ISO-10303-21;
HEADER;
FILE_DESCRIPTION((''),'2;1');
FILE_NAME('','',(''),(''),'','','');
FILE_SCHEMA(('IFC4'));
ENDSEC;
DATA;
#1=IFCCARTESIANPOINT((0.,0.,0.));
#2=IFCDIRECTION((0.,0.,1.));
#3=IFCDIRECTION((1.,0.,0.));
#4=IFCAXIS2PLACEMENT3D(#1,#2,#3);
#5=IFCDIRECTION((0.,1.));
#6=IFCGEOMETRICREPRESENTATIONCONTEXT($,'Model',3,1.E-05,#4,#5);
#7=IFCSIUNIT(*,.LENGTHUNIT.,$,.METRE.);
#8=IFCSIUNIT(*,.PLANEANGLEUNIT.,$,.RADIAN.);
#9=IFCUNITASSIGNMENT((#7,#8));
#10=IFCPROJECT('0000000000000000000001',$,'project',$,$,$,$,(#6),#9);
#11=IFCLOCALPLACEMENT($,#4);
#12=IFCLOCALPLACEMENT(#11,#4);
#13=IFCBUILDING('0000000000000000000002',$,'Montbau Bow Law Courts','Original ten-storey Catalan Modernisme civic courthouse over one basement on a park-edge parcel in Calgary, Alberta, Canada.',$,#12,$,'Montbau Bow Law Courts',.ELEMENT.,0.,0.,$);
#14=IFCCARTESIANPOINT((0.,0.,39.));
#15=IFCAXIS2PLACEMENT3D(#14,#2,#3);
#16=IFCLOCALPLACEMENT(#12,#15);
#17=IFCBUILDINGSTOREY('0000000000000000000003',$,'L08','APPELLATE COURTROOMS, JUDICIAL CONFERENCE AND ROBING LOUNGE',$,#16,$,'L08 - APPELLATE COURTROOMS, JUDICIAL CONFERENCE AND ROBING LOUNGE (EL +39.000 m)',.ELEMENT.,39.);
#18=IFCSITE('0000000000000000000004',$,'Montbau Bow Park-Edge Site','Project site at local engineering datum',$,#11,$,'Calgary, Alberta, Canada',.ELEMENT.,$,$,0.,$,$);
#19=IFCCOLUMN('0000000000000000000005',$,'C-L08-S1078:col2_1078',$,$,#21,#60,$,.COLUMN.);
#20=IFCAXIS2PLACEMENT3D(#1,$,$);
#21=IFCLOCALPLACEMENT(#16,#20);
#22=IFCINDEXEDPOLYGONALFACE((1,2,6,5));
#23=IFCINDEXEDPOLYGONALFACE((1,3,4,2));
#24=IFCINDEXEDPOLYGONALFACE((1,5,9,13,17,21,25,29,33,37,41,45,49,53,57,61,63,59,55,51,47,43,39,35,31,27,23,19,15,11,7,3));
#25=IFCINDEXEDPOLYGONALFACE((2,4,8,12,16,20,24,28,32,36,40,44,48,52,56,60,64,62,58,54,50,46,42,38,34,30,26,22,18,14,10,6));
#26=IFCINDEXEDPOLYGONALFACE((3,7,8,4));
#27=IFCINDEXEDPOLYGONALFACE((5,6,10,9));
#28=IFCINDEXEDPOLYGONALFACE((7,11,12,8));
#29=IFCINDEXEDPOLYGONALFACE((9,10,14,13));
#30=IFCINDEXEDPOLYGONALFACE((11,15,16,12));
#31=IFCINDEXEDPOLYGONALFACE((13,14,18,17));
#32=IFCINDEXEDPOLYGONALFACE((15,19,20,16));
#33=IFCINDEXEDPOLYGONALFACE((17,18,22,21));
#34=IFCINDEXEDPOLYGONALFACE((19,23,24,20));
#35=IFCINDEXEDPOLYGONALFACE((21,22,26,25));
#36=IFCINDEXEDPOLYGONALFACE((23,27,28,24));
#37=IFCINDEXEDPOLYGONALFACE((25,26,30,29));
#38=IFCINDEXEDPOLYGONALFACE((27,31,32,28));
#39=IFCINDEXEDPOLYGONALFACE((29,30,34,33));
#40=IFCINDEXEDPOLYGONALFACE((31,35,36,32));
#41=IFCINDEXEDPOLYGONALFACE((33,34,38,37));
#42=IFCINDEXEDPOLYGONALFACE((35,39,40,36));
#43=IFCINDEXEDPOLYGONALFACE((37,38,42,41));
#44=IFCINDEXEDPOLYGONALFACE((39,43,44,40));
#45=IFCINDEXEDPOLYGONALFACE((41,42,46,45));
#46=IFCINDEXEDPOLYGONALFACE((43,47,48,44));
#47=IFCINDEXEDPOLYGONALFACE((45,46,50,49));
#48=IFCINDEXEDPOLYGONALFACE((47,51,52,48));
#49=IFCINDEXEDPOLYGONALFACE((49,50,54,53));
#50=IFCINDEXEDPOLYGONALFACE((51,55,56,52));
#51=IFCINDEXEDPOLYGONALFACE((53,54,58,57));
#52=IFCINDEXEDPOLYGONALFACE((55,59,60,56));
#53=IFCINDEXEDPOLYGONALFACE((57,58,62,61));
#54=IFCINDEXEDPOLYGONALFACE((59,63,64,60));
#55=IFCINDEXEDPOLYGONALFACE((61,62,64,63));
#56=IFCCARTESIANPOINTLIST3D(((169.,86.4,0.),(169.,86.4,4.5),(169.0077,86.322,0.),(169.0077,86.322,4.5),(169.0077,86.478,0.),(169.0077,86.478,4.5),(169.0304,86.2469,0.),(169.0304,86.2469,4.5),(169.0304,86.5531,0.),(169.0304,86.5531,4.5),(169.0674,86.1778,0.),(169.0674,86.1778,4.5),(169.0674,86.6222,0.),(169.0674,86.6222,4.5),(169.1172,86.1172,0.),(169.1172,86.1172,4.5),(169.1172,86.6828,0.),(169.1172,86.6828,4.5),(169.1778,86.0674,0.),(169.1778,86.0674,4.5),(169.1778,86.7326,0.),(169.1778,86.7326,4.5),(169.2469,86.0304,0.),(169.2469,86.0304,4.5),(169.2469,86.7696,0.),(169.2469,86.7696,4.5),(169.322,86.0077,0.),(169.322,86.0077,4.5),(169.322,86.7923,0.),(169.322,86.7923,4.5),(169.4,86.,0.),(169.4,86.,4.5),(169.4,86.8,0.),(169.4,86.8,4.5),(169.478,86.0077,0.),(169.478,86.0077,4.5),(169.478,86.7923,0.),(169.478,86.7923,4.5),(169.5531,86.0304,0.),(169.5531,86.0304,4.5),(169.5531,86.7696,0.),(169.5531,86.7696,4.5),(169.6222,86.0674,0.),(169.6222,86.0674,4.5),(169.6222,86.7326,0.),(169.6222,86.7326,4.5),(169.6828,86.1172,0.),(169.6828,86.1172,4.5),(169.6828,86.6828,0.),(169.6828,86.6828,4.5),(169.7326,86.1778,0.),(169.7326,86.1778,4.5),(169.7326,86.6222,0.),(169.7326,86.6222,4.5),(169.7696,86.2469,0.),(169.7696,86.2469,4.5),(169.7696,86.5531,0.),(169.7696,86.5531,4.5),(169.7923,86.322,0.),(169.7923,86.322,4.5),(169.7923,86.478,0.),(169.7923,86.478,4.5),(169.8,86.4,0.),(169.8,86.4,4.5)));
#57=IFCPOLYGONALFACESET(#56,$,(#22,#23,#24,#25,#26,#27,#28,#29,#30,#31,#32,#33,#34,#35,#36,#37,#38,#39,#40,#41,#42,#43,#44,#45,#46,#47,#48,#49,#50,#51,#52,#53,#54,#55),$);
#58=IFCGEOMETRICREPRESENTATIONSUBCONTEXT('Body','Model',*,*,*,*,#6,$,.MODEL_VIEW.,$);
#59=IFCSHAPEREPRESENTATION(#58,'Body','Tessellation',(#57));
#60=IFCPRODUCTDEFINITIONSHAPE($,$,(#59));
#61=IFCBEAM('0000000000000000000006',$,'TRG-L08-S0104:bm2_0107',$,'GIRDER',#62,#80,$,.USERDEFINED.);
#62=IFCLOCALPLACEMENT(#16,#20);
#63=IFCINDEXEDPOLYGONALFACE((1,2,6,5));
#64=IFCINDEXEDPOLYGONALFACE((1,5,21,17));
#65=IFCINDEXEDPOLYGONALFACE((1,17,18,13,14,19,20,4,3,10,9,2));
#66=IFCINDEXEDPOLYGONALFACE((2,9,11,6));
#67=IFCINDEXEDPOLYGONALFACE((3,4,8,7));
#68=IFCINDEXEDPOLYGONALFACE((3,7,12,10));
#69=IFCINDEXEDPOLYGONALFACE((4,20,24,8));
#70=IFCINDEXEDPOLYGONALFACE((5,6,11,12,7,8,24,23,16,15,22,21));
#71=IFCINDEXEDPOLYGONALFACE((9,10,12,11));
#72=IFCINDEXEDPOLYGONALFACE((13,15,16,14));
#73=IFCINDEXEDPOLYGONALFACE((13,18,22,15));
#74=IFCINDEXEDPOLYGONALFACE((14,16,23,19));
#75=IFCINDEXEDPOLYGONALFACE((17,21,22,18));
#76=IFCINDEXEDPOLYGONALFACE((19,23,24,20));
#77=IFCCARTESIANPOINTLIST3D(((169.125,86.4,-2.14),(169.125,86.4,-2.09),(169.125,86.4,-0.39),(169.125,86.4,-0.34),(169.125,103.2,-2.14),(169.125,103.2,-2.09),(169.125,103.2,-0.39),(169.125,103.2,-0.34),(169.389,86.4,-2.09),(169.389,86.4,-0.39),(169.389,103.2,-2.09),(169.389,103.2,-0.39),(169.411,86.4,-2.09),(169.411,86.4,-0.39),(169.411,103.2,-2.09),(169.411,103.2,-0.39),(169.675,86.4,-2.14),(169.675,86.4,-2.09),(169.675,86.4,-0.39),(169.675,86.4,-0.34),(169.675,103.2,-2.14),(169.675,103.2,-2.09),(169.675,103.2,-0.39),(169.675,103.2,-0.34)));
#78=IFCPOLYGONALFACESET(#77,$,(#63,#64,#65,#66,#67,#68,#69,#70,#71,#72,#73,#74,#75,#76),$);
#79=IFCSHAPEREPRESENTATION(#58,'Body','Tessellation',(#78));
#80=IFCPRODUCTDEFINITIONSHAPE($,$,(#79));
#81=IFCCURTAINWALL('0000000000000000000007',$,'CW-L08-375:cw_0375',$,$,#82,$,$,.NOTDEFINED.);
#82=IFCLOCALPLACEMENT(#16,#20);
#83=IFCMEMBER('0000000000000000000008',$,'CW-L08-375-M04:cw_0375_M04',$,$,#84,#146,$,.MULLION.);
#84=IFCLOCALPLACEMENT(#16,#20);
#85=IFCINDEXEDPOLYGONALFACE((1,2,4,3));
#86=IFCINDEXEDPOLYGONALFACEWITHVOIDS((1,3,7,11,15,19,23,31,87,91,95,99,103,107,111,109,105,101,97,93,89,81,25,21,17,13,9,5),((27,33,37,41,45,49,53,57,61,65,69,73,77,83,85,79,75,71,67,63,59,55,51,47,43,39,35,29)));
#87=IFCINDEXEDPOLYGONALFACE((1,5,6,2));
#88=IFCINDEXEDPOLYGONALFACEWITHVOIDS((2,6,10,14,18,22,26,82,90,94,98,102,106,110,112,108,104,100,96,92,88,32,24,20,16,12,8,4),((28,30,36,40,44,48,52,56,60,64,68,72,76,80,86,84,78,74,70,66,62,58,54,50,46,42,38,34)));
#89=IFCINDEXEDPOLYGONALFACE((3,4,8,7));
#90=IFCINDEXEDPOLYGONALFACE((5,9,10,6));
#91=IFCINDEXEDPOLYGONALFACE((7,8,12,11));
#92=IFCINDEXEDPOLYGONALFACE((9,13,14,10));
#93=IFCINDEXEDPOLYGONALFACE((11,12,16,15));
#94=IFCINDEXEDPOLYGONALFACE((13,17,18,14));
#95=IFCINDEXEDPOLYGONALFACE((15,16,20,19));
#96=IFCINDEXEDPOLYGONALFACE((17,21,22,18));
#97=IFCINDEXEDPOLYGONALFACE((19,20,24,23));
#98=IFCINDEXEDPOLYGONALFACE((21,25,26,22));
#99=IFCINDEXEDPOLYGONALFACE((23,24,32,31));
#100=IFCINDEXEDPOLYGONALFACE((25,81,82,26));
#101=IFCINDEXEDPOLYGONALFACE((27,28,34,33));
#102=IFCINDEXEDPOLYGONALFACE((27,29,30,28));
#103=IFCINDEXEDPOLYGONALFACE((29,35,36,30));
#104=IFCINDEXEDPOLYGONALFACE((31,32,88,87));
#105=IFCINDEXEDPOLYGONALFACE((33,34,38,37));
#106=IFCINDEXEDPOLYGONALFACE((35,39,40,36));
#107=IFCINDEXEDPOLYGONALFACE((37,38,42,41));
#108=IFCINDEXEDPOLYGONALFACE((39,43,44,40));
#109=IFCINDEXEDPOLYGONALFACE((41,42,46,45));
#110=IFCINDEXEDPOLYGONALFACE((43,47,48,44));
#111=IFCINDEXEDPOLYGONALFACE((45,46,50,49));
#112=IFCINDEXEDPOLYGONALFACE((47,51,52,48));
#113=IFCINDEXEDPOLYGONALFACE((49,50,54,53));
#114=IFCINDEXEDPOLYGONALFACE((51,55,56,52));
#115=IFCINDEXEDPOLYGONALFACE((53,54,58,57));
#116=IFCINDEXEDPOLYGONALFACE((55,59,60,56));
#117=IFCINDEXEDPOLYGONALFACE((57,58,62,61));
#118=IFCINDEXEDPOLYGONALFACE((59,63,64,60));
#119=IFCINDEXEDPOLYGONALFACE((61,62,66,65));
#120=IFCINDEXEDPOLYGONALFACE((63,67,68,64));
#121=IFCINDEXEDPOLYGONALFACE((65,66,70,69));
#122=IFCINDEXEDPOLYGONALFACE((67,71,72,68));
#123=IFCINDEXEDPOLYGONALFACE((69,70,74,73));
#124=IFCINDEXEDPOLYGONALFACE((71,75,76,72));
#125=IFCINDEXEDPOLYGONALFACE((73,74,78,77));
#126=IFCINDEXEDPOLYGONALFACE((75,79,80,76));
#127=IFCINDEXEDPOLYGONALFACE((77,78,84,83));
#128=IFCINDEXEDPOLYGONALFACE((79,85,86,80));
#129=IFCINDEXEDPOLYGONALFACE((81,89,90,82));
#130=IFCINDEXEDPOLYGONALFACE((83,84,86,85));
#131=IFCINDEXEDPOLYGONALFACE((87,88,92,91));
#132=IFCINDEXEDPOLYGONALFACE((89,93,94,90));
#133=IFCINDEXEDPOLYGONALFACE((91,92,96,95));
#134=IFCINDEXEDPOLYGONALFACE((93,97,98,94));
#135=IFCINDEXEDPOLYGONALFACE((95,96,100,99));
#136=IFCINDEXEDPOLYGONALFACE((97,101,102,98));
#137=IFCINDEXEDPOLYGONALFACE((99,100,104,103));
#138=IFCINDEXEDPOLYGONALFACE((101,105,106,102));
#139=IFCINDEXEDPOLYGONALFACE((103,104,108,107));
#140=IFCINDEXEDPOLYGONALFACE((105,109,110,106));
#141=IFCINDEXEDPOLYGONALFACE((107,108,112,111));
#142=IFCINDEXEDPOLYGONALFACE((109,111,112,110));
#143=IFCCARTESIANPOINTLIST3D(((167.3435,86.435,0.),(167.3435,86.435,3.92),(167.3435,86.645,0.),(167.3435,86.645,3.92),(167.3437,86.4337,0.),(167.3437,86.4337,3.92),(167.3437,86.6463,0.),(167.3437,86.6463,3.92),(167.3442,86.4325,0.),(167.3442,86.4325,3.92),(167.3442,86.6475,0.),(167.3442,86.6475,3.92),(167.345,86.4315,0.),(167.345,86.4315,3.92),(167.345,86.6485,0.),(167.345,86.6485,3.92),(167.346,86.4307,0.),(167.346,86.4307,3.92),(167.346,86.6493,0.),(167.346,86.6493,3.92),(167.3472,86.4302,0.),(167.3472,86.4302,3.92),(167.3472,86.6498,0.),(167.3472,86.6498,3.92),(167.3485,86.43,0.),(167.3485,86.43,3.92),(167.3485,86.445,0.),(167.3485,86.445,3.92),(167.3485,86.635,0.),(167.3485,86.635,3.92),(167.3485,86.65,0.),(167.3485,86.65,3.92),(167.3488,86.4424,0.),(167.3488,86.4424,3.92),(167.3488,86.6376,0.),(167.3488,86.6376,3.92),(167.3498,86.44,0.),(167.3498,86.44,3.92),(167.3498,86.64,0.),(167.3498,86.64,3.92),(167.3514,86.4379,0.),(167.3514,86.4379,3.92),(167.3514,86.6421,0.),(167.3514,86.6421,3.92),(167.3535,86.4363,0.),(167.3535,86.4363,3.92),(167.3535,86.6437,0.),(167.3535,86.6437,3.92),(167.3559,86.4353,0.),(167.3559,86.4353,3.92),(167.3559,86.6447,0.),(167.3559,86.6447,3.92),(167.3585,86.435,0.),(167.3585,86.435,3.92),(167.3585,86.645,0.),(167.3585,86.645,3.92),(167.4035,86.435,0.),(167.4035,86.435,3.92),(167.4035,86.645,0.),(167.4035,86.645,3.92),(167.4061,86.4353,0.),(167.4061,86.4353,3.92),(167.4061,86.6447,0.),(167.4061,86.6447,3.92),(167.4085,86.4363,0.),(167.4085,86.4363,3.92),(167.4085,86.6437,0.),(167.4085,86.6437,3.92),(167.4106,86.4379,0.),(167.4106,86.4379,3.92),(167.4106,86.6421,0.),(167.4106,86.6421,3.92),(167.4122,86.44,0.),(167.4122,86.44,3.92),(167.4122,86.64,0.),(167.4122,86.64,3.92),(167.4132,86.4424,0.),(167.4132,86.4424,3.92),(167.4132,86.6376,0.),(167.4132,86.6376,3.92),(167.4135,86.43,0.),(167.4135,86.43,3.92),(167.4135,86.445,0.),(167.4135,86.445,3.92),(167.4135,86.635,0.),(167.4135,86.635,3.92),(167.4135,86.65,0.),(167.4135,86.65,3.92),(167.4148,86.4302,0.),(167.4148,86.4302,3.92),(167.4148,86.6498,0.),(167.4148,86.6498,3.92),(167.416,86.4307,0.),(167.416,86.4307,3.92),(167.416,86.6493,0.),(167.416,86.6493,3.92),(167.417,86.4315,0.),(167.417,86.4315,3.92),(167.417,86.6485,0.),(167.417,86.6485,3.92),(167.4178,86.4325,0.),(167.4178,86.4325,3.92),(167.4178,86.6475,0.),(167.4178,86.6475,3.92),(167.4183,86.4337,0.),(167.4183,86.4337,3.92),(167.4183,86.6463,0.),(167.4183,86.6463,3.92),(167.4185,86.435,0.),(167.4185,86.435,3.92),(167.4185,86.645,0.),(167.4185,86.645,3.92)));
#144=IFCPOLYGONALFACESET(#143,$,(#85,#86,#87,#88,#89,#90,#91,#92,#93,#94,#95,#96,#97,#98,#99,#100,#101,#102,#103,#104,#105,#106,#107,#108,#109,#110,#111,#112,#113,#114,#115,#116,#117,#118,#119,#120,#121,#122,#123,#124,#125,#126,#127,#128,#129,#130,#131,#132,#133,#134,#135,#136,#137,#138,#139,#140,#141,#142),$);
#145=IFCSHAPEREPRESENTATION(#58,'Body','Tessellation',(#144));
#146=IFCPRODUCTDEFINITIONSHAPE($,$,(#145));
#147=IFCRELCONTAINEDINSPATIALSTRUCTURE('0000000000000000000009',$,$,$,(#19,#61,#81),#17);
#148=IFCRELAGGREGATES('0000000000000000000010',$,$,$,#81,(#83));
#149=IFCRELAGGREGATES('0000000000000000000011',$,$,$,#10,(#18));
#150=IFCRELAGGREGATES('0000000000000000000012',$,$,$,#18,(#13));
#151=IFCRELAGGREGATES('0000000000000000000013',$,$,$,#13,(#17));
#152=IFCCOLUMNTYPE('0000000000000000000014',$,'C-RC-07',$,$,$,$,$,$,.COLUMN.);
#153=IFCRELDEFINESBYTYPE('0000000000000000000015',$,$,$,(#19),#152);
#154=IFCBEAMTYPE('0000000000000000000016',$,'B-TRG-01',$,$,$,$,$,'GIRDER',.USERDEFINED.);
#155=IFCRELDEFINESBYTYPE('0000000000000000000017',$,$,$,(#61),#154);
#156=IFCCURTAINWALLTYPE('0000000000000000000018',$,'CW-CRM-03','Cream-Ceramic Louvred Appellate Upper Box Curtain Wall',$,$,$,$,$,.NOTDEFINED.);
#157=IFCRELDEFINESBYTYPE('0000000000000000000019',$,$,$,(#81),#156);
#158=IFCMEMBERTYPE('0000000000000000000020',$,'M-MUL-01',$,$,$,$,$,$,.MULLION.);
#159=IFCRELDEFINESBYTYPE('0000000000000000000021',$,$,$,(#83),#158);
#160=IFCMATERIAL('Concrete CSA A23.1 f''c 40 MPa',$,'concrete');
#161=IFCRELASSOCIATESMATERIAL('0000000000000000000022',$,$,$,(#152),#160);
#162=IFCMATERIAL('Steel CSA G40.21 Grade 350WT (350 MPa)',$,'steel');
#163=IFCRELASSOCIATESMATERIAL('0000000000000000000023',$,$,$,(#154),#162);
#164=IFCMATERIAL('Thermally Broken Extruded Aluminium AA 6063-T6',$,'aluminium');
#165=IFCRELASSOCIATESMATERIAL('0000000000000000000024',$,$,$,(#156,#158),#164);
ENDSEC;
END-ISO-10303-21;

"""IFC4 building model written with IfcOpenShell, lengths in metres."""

from ifc_helpers import new_model, si_unit, direction, frame, origin_with_axes, origin_2d_with_axis, place, context, subcontext, project, spatial, hollow_rectangle, circle, i_section, extrude, material, material_profile, profile_set, type_object, element, aggregate, save


model = new_model("IFC4")

# Units and contexts
model_context = context("Model", 3, precision=1e-05, world=origin_with_axes(), true_north=direction((0.0, 1.0)))
body_context = subcontext(model_context, "Body", "Model", "MODEL_VIEW")
ifc_project = project(units=[si_unit("LENGTHUNIT", "METRE"), si_unit("PLANEANGLEUNIT", "RADIAN")], contexts=[model_context])

# Site, building, storey
site_placement = place(None, origin_with_axes())
site = spatial("IfcSite", under=ifc_project, at=site_placement, Name="Montbau Bow Park-Edge Site", Description="Project site at local engineering datum", LongName="Calgary, Alberta, Canada", CompositionType="ELEMENT", RefElevation=0.0)
building_placement = place(site_placement, origin_with_axes())
building = spatial("IfcBuilding", under=site, at=building_placement, Name="Montbau Bow Law Courts", Description="Original ten-storey Catalan Modernisme civic courthouse over one basement on a park-edge parcel in Calgary, Alberta, Canada.", LongName="Montbau Bow Law Courts", CompositionType="ELEMENT", ElevationOfRefHeight=0.0, ElevationOfTerrain=0.0)
storey_placement = place(building_placement, frame((0.0, 0.0, 39.0), z_axis=(0.0, 0.0, 1.0), x_axis=(1.0, 0.0, 0.0)))
storey = spatial("IfcBuildingStorey", under=building, at=storey_placement, Name="L08", Description="APPELLATE COURTROOMS, JUDICIAL CONFERENCE AND ROBING LOUNGE", LongName="L08 - APPELLATE COURTROOMS, JUDICIAL CONFERENCE AND ROBING LOUNGE (EL +39.000 m)", CompositionType="ELEMENT", Elevation=39.0)

# Column
ifc_material_1 = material(Name="Concrete CSA A23.1 f'c 40 MPa", Category="concrete")
ifc_material_profile_1 = material_profile(ifc_material_1, circle(Radius=0.4, at=origin_2d_with_axis()), Name="RC800D", Category="Main", Priority=0)
ifc_profile_set_1 = profile_set([ifc_material_profile_1], Name="Concrete CSA A23.1 f'c 40 MPa")
column_type = type_object("IfcColumnType", Name="C-RC-07", PredefinedType="COLUMN", material=ifc_profile_set_1)
column_placement = place(None, frame((169.4, 86.4, 39.0), z_axis=(0.0, 0.0, 1.0), x_axis=(1.0, 0.0, 0.0)))
element("IfcColumn", 1, at=column_placement, inside=storey, type_object=column_type, Name="C-L08-S1078:col2_1078", PredefinedType="COLUMN", context=body_context, shape_type="SweptSolid", body=[
    extrude(circle(Radius=0.4, at=origin_2d_with_axis()), origin_with_axes(), (0.0, 0.0, 1.0), 4.5),
])

# Beam
ifc_material_2 = material(Name="Steel CSA G40.21 Grade 350WT (350 MPa)", Category="steel")
ifc_material_profile_2 = material_profile(ifc_material_2, i_section(OverallWidth=0.55, OverallDepth=1.8, WebThickness=0.022, FlangeThickness=0.05, at=origin_2d_with_axis()), Name="WWF1800X550", Category="Main", Priority=0)
ifc_profile_set_2 = profile_set([ifc_material_profile_2], Name="Steel CSA G40.21 Grade 350WT (350 MPa)")
beam_type = type_object("IfcBeamType", Name="B-TRG-01", ElementType="GIRDER", PredefinedType="USERDEFINED", material=ifc_profile_set_2)
beam_placement = place(None, frame((169.4, 86.4, 37.76), z_axis=(0.0, 1.0, 0.0), x_axis=(-1.0, 0.0, 0.0)))
element("IfcBeam", 2, at=beam_placement, inside=storey, type_object=beam_type, Name="TRG-L08-S0104:bm2_0107", ObjectType="GIRDER", PredefinedType="USERDEFINED", context=body_context, shape_type="SweptSolid", body=[
    extrude(i_section(OverallWidth=0.55, OverallDepth=1.8, WebThickness=0.022, FlangeThickness=0.05, at=origin_2d_with_axis()), origin_with_axes(), (0.0, 0.0, 1.0), 16.8),
])

# Curtain wall, member
ifc_material_3 = material(Name="Thermally Broken Extruded Aluminium AA 6063-T6", Category="aluminium")
curtain_wall_type = type_object("IfcCurtainWallType", Name="CW-CRM-03", Description="Cream-Ceramic Louvred Appellate Upper Box Curtain Wall", PredefinedType="NOTDEFINED", material=ifc_material_3)
curtain_wall_1_placement = place(None, frame((162.868, 86.54, 39.0), z_axis=(0.0, 0.0, 1.0), x_axis=(1.0, 0.0, 0.0)))
curtain_wall_1 = element("IfcCurtainWall", 3, at=curtain_wall_1_placement, inside=storey, type_object=curtain_wall_type, Name="CW-L08-375:cw_0375", PredefinedType="NOTDEFINED")
ifc_material_profile_3 = material_profile(ifc_material_3, hollow_rectangle(XDim=0.075, YDim=0.22, WallThickness=0.005, InnerFilletRadius=0.01, OuterFilletRadius=0.005, at=origin_2d_with_axis()), Name="CWM-220X75", Category="Main", Priority=0)
ifc_profile_set_3 = profile_set([ifc_material_profile_3], Name="Thermally Broken Extruded Aluminium AA 6063-T6")
member_type_1 = type_object("IfcMemberType", Name="M-MUL-01", PredefinedType="MULLION", material=ifc_profile_set_3)
member_1_placement = place(None, frame((167.381, 86.54, 39.0), z_axis=(0.0, 0.0, 1.0), x_axis=(1.0, 0.0, 0.0)))
member_1 = element("IfcMember", 4, at=member_1_placement, type_object=member_type_1, Name="CW-L08-375-M04:cw_0375_M04", PredefinedType="MULLION", context=body_context, shape_type="SweptSolid", body=[
    extrude(hollow_rectangle(XDim=0.075, YDim=0.22, WallThickness=0.005, InnerFilletRadius=0.01, OuterFilletRadius=0.005, at=origin_2d_with_axis()), origin_with_axes(), (0.0, 0.0, 1.0), 3.92),
])

aggregate(curtain_wall_1, [member_1])

save(model, "model.ifc")
